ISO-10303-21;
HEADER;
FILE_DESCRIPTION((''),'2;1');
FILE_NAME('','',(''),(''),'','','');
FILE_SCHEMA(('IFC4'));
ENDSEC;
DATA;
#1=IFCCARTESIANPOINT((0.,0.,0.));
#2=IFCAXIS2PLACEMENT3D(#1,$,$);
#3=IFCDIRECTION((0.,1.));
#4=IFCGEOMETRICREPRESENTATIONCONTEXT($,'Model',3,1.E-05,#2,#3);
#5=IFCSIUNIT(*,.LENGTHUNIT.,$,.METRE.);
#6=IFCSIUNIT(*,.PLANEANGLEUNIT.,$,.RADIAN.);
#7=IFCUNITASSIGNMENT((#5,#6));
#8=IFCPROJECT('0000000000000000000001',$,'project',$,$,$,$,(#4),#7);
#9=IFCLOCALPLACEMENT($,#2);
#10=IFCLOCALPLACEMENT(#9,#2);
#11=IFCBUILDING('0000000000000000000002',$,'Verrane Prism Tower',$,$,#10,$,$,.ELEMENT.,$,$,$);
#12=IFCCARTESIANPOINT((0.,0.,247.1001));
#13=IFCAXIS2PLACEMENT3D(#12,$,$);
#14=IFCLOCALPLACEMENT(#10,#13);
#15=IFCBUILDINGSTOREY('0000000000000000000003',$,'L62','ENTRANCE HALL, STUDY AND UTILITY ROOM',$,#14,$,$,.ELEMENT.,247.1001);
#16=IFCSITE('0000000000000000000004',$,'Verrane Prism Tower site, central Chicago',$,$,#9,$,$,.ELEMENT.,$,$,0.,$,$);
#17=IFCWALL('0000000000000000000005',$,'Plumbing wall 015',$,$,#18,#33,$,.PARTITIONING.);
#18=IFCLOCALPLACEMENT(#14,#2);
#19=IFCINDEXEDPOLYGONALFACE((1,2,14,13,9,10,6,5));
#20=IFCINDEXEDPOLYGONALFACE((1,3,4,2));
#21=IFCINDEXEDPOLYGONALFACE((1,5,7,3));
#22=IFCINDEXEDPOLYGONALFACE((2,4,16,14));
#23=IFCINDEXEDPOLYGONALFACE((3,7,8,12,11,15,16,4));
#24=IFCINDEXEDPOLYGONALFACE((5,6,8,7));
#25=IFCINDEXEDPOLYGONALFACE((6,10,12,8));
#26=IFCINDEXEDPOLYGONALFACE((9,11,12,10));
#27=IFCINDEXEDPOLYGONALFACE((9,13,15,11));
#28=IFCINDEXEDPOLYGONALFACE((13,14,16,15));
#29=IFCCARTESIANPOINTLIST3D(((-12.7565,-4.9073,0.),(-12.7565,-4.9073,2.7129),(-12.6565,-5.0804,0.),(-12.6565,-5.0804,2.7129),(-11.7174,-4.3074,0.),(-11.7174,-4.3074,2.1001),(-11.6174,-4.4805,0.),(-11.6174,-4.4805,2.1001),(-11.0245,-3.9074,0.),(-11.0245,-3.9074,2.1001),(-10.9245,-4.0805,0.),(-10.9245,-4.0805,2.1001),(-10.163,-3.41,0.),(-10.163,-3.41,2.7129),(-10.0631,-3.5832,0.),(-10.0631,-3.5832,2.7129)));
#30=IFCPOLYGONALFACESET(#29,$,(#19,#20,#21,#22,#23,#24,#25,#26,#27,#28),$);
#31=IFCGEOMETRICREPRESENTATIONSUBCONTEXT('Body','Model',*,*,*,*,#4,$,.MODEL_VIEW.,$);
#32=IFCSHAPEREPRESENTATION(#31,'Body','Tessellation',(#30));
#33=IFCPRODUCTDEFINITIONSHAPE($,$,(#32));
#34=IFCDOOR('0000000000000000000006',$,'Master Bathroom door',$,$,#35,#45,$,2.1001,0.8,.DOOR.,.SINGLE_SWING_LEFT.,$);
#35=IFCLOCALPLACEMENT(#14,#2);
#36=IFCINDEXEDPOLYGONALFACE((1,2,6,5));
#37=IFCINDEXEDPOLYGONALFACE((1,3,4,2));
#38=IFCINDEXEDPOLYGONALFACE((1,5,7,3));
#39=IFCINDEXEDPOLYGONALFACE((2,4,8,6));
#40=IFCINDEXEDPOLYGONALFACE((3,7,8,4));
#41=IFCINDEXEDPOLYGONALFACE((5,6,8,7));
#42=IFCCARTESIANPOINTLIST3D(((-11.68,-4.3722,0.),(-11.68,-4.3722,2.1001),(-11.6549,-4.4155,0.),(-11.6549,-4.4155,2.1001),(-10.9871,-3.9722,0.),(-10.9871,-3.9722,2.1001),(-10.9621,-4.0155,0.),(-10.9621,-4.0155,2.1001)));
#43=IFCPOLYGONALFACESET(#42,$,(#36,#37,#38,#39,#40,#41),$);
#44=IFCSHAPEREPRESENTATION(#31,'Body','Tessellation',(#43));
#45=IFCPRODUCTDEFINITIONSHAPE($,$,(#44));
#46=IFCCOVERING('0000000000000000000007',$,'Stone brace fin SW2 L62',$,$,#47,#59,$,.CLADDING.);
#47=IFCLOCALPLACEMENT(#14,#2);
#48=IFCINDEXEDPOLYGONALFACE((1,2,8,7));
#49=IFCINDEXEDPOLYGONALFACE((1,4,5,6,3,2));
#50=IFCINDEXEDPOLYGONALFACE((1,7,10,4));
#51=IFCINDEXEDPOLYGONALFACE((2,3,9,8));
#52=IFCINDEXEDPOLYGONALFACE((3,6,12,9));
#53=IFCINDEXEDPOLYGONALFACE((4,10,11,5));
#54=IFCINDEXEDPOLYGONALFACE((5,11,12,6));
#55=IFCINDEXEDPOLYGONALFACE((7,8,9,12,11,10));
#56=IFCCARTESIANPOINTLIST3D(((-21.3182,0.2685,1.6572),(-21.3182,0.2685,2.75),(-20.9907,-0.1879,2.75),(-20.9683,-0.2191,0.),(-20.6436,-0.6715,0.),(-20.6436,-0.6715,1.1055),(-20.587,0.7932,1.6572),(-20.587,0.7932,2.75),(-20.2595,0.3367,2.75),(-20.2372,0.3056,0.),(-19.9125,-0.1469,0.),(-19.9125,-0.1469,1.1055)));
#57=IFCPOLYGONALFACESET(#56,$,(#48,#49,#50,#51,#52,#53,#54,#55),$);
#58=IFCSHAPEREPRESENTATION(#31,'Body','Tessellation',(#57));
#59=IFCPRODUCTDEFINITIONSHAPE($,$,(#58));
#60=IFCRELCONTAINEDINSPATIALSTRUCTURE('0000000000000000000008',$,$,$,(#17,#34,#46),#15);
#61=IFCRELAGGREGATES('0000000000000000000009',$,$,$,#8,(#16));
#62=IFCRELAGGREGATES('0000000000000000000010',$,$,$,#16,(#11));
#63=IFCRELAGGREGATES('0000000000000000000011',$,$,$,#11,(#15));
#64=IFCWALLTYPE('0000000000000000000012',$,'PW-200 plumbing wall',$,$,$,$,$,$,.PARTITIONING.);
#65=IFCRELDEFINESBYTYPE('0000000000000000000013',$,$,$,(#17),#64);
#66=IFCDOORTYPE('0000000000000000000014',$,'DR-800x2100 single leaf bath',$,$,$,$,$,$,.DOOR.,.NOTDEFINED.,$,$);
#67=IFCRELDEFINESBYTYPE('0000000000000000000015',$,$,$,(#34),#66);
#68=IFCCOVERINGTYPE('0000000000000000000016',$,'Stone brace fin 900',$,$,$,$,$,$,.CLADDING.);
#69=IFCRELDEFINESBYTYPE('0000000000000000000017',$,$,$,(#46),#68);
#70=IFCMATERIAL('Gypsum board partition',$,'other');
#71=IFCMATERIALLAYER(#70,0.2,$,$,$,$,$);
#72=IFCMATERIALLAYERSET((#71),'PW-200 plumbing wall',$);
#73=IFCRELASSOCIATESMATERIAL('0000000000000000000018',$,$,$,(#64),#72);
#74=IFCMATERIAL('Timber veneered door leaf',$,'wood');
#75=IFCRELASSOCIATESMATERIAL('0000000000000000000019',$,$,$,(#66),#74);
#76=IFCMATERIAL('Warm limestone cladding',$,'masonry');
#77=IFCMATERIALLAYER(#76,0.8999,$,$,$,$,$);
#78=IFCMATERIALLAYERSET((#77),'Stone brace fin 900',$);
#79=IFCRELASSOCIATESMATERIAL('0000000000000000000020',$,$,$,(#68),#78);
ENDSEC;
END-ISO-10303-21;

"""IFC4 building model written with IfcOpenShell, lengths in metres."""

from ifc_helpers import new_model, si_unit, direction, frame, frame_2d, origin, place, context, subcontext, project, spatial, polyline, rectangle, outline, extrude, material, layer, layer_set, type_object, element, fill, save


model = new_model("IFC4")

# Units and contexts
model_context = context("Model", 3, precision=1e-05, world=origin(), true_north=direction((0.0, 1.0)))
body_context = subcontext(model_context, "Body", "Model", "MODEL_VIEW")
ifc_project = project(units=[si_unit("LENGTHUNIT", "METRE"), si_unit("PLANEANGLEUNIT", "RADIAN")], contexts=[model_context])

# Site, building, storey
site_placement = place(None, origin())
site = spatial("IfcSite", under=ifc_project, at=site_placement, Name="Verrane Prism Tower site, central Chicago", CompositionType="ELEMENT", RefElevation=0.0)
building_placement = place(site_placement, origin())
building = spatial("IfcBuilding", under=site, at=building_placement, Name="Verrane Prism Tower", CompositionType="ELEMENT")
storey_placement = place(building_placement, frame((0.0, 0.0, 247.1001)))
storey = spatial("IfcBuildingStorey", under=building, at=storey_placement, Name="L62", Description="ENTRANCE HALL, STUDY AND UTILITY ROOM", CompositionType="ELEMENT", Elevation=247.1001)

# Shared definitions
ifc_material_1 = material(Name="Gypsum board partition", Category="other")
ifc_layer_1 = layer(ifc_material_1, 0.2)
ifc_layer_set_1 = layer_set([ifc_layer_1], Name="PW-200 plumbing wall")
wall_type_1 = type_object("IfcWallType", Name="PW-200 plumbing wall", PredefinedType="PARTITIONING", material=ifc_layer_set_1)
ifc_material_2 = material(Name="Timber veneered door leaf", Category="wood")
door_type = type_object("IfcDoorType", Name="DR-800x2100 single leaf bath", OperationType="NOTDEFINED", PredefinedType="DOOR", material=ifc_material_2)

# Wall, opening, door
wall_1_placement = place(storey_placement, frame((-10.113, -3.4966, 0.0), z_axis=(0.0, 0.0, 1.0), x_axis=(-0.866032, -0.499988, 0.0)))
wall_1 = element("IfcWall", 1, at=wall_1_placement, inside=storey, type_object=wall_type_1, Name="Plumbing wall 015", PredefinedType="PARTITIONING", context=body_context, shape_type="SweptSolid", body=[
    extrude(rectangle(XDim=2.9946, YDim=0.2, at=frame_2d((1.4973, 0.0))), origin(), (0.0, 0.0, 1.0), 2.7129),
])
opening_1_placement = place(wall_1_placement, frame((0.9949, 0.0, 0.0)))
opening_1 = element("IfcOpeningElement", 2, at=opening_1_placement, cuts=wall_1, PredefinedType="OPENING", context=body_context, shape_type="SweptSolid", body=[
    extrude(rectangle(XDim=0.8, YDim=2.1001, at=frame_2d((0.3999, 1.05))), frame((0.0, 0.1099, 0.0), z_axis=(0.0, -1.0, 0.0), x_axis=(1.0, 0.0, 0.0)), (0.0, 0.0, 1.0), 0.22),
])
door_1_placement = place(opening_1_placement, origin())
door_1 = element("IfcDoor", 3, at=door_1_placement, inside=storey, type_object=door_type, Name="Master Bathroom door", OperationType="SINGLE_SWING_LEFT", OverallHeight=2.1001, OverallWidth=0.8, PredefinedType="DOOR", context=body_context, shape_type="SweptSolid", body=[
    extrude(rectangle(XDim=0.8, YDim=2.1001, at=frame_2d((0.3999, 1.05))), frame((0.0, 0.0249, 0.0), z_axis=(0.0, -1.0, 0.0), x_axis=(1.0, 0.0, 0.0)), (0.0, 0.0, 1.0), 0.05),
])
fill(opening_1, door_1)

# Covering
ifc_material_3 = material(Name="Warm limestone cladding", Category="masonry")
ifc_layer_2 = layer(ifc_material_3, 0.8999)
ifc_layer_set_2 = layer_set([ifc_layer_2], Name="Stone brace fin 900")
covering_type = type_object("IfcCoveringType", Name="Stone brace fin 900", PredefinedType="CLADDING", material=ifc_layer_set_2)
covering_placement = place(storey_placement, frame((-20.2781, -0.4092, 0.0), z_axis=(0.0, 0.0, 1.0), x_axis=(-0.583014, 0.812462, 0.0)))
element("IfcCovering", 4, at=covering_placement, inside=storey, type_object=covering_type, Name="Stone brace fin SW2 L62", PredefinedType="CLADDING", context=body_context, shape_type="SweptSolid", body=[
    extrude(outline(polyline([(1.157, 2.75), (0.5952, 2.75), (0.0, 1.1055), (0.0, 0.0), (0.5569, 0.0), (1.157, 1.6572), (1.157, 2.75)])), frame((0.0, 0.45, 0.0), z_axis=(0.0, -1.0, 0.0), x_axis=(1.0, 0.0, 0.0)), (0.0, 0.0, 1.0), 0.8999),
])

save(model, "model.ifc")
